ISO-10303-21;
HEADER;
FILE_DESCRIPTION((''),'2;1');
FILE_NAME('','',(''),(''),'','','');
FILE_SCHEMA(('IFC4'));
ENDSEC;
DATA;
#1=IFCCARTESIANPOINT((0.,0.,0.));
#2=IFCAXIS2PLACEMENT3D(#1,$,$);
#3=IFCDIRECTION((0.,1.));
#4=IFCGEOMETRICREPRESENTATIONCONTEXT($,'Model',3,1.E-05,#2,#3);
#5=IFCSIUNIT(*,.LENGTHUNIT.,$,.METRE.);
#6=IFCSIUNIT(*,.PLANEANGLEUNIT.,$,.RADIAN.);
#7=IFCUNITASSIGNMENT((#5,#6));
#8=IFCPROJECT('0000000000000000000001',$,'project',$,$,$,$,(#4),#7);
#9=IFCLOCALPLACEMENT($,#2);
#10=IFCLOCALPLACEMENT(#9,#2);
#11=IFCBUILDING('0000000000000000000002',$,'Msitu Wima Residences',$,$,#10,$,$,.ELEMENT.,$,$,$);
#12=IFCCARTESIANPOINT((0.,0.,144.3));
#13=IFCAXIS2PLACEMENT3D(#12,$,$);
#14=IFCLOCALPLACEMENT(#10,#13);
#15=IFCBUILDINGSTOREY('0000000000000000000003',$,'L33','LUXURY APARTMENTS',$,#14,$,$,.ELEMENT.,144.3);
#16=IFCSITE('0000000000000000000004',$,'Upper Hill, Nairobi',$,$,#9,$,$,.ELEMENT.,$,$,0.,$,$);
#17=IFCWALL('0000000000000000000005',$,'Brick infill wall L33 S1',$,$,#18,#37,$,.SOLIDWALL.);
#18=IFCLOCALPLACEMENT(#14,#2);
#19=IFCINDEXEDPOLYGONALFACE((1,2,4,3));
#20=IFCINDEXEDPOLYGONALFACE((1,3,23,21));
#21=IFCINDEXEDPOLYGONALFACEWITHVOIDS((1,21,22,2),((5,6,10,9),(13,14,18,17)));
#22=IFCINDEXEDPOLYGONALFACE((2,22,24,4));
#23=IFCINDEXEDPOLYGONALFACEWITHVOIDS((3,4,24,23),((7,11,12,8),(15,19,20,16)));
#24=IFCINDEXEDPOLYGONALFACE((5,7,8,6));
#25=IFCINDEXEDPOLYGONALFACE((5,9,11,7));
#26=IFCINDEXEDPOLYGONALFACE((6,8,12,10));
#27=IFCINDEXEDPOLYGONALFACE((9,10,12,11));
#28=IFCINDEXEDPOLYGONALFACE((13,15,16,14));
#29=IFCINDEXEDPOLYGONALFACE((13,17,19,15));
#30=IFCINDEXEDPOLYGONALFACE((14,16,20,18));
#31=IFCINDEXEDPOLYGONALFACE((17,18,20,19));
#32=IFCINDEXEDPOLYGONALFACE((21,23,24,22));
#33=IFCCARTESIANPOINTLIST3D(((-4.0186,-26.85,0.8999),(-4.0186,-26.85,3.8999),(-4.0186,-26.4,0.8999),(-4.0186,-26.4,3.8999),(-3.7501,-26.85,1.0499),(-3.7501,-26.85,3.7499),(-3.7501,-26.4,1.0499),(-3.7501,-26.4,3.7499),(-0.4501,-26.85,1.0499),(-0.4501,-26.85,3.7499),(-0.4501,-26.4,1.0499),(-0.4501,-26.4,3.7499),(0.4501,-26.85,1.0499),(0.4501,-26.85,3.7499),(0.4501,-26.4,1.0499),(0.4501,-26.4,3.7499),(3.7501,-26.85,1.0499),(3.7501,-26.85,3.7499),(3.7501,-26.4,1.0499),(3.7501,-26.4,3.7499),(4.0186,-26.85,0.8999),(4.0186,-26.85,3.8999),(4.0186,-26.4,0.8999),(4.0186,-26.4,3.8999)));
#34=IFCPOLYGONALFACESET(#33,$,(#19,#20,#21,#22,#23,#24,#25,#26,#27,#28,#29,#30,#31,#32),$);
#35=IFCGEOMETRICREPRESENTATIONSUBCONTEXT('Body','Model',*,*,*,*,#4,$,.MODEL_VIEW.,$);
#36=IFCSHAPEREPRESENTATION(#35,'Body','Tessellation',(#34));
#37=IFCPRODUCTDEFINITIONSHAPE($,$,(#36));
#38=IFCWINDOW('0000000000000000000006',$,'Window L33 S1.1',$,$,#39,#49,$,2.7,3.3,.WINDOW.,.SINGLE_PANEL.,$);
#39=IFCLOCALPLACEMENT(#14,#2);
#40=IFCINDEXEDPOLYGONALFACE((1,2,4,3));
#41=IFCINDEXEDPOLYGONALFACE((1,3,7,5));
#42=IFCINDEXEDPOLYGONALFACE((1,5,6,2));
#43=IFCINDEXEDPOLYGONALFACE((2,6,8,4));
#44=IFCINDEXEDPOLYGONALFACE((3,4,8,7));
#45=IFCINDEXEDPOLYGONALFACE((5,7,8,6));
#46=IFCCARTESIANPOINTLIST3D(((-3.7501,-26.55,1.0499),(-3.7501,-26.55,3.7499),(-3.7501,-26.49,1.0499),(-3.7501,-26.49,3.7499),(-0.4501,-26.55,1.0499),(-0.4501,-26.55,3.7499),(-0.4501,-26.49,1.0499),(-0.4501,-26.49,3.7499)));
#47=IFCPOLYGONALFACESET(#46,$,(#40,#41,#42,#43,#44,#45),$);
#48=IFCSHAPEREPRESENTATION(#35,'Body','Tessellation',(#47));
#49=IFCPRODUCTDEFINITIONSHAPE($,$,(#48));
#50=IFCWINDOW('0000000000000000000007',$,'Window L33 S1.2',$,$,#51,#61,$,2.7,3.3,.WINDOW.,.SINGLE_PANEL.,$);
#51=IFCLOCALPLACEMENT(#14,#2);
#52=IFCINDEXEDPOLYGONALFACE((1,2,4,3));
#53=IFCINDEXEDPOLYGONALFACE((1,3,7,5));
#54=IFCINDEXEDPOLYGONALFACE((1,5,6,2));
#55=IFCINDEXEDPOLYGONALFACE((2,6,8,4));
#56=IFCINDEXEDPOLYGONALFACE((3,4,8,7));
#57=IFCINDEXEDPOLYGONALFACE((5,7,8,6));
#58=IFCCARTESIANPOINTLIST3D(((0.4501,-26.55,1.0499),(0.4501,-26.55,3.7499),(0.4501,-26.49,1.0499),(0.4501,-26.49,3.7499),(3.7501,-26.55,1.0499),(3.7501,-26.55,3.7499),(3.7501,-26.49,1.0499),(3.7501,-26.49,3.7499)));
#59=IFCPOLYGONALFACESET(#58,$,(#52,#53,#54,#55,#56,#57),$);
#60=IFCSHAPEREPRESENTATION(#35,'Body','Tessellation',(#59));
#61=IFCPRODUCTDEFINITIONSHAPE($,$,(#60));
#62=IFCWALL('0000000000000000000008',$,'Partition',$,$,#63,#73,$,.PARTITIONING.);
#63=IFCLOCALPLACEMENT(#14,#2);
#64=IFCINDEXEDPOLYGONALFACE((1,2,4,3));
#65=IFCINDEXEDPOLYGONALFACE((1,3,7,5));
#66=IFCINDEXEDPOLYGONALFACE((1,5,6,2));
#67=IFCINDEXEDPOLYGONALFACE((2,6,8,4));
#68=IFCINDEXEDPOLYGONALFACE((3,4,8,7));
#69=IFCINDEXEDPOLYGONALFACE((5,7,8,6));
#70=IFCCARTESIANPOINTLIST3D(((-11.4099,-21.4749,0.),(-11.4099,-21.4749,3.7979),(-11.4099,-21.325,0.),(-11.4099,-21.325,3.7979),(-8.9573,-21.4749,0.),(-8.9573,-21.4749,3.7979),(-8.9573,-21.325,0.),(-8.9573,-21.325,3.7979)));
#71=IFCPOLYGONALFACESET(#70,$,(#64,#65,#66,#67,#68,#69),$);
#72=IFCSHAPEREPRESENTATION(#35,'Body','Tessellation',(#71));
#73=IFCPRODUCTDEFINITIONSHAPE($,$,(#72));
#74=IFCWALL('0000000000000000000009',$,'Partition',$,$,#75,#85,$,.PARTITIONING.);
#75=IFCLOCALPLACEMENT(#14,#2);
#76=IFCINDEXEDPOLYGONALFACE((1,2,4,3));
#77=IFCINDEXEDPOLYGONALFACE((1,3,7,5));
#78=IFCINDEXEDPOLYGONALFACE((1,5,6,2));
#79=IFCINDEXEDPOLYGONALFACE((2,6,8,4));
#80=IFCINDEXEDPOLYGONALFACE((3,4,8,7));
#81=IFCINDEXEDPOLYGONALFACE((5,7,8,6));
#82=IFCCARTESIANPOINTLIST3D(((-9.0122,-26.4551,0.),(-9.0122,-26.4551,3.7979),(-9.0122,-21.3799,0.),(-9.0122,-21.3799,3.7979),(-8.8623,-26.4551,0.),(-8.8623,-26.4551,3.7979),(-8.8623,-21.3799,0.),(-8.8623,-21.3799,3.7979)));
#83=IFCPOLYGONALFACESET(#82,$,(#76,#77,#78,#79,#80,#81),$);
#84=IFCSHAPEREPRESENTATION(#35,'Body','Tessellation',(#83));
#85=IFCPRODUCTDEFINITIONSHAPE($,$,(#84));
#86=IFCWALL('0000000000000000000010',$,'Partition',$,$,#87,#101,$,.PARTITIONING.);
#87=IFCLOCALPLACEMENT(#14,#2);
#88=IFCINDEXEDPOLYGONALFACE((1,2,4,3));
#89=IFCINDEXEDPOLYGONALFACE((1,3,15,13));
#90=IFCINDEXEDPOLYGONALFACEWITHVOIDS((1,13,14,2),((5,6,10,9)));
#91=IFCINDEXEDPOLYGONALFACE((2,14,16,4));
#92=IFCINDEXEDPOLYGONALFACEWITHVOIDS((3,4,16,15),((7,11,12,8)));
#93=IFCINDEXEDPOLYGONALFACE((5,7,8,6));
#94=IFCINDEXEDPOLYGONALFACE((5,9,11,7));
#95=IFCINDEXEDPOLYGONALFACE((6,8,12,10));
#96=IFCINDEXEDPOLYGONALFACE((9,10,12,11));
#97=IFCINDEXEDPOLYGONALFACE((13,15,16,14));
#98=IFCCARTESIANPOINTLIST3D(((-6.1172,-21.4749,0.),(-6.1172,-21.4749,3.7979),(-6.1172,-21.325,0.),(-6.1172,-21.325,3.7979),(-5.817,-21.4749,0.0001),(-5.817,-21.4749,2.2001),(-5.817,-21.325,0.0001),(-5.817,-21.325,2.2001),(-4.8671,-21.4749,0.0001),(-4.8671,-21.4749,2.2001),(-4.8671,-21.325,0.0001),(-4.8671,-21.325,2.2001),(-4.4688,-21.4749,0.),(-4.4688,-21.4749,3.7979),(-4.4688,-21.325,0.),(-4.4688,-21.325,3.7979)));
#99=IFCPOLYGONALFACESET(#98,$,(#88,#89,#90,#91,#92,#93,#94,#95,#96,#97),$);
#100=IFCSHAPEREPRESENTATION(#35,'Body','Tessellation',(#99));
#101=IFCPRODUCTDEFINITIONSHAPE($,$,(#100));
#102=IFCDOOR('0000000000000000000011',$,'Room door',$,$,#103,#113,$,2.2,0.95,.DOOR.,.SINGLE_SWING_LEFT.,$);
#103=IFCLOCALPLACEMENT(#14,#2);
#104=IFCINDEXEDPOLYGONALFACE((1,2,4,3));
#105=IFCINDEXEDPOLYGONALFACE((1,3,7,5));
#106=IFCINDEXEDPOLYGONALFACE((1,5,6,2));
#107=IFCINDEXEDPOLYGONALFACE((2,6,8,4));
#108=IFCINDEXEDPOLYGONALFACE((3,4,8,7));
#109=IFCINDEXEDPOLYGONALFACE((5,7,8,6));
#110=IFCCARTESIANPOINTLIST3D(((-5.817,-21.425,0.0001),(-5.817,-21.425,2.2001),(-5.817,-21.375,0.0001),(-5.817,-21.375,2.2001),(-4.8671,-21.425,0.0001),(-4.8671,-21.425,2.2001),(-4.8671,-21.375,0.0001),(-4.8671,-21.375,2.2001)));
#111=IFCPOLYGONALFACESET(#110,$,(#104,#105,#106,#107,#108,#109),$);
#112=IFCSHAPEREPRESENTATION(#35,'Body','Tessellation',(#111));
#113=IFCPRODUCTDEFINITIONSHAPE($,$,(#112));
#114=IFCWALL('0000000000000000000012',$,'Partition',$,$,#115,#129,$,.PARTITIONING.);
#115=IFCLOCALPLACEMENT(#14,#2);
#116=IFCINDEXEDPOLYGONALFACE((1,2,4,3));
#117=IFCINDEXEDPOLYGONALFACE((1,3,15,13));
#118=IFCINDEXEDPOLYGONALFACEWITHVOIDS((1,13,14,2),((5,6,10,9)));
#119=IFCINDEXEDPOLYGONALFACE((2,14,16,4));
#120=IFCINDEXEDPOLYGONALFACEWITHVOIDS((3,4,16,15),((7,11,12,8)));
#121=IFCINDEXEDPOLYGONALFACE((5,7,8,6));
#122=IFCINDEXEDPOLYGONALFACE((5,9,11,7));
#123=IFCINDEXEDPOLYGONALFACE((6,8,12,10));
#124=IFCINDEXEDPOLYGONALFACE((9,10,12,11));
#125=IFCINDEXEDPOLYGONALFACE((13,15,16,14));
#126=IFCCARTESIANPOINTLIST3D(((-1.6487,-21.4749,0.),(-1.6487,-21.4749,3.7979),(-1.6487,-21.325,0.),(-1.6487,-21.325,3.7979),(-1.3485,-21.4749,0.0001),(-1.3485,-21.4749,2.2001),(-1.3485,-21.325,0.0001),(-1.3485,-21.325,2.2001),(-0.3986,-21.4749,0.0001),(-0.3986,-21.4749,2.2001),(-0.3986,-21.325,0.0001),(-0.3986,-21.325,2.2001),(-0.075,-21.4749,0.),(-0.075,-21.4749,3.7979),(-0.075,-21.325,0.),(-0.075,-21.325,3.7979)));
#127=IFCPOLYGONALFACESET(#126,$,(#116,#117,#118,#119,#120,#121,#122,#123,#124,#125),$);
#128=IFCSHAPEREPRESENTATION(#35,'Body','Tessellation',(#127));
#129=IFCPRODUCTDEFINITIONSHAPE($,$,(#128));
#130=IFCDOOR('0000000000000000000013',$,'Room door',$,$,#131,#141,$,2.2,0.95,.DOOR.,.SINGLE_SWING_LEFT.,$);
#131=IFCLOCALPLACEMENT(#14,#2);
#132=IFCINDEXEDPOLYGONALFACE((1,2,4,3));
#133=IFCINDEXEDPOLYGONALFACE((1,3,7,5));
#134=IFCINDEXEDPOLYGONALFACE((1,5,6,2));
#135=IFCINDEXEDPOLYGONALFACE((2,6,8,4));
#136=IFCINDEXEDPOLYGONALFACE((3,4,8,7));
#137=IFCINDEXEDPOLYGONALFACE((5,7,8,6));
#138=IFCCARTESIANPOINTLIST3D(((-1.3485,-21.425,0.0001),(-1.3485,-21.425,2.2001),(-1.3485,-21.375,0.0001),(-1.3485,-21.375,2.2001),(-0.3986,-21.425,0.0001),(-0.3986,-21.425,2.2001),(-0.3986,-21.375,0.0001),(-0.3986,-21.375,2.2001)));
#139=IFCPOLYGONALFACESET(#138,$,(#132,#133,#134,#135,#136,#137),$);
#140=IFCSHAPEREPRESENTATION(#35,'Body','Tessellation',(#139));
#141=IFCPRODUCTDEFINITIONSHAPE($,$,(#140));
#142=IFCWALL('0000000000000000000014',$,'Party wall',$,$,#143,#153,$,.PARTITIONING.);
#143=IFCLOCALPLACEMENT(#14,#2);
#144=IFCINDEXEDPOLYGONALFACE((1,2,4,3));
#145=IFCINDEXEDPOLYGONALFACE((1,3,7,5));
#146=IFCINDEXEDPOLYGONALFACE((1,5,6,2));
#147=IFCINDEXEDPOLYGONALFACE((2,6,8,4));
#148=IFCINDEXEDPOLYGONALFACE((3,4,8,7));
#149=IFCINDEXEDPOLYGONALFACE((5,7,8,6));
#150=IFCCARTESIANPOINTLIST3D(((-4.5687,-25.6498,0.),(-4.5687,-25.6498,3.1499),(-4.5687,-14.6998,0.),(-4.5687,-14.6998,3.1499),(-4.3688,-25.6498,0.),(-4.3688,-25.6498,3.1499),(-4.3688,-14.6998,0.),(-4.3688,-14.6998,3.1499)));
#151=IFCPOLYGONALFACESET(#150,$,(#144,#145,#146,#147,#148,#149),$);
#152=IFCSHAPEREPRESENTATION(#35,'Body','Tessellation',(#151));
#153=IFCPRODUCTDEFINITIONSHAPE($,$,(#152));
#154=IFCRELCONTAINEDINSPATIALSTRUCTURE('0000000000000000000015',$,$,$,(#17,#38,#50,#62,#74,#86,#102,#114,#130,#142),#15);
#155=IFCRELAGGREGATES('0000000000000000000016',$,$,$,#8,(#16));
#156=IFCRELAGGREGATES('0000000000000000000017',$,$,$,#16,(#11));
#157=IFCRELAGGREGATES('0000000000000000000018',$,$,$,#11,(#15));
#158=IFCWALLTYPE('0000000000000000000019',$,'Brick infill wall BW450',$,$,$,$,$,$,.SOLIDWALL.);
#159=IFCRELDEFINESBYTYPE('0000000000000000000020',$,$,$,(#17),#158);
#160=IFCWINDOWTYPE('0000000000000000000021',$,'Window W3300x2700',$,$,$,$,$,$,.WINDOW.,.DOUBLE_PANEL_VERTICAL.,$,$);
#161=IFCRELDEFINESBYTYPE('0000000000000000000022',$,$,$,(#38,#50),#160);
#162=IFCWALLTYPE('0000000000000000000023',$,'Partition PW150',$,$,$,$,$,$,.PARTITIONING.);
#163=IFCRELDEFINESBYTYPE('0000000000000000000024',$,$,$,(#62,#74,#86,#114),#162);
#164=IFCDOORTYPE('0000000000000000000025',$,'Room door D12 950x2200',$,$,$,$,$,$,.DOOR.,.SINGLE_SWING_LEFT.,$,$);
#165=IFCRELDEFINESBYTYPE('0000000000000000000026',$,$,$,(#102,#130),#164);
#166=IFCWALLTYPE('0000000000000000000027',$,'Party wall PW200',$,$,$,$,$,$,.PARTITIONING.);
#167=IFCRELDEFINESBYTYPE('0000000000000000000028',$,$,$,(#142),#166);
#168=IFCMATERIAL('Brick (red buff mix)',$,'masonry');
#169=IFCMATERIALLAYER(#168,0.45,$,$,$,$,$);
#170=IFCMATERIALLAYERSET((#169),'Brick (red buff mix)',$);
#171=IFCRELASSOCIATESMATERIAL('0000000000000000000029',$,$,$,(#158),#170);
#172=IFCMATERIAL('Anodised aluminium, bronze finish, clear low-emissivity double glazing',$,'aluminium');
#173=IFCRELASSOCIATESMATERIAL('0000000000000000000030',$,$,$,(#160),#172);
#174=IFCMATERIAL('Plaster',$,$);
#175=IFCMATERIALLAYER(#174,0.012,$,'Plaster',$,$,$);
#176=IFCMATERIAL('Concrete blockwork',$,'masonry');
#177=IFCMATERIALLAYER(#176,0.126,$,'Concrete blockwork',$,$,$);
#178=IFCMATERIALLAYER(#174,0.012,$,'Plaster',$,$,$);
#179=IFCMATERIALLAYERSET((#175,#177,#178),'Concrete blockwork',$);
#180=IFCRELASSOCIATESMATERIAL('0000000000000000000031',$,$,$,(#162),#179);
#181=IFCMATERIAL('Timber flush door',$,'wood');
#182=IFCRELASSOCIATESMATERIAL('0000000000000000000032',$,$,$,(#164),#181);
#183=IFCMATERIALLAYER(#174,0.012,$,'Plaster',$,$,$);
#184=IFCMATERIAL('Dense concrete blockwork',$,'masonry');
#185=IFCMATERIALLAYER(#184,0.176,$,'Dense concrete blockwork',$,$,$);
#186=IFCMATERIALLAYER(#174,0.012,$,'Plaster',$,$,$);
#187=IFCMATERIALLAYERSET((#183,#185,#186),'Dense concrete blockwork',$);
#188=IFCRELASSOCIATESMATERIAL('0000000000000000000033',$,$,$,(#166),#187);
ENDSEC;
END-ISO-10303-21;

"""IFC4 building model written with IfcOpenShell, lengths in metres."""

from ifc_helpers import new_model, si_unit, direction, frame, frame_2d, origin, place, context, subcontext, project, spatial, rectangle, extrude, material, layer, layer_set, type_object, element, fill, save


model = new_model("IFC4")

# Units and contexts
model_context = context("Model", 3, precision=1e-05, world=origin(), true_north=direction((0.0, 1.0)))
body_context = subcontext(model_context, "Body", "Model", "MODEL_VIEW")
ifc_project = project(units=[si_unit("LENGTHUNIT", "METRE"), si_unit("PLANEANGLEUNIT", "RADIAN")], contexts=[model_context])

# Site, building, storey
site_placement = place(None, origin())
site = spatial("IfcSite", under=ifc_project, at=site_placement, Name="Upper Hill, Nairobi", CompositionType="ELEMENT", RefElevation=0.0)
building_placement = place(site_placement, origin())
building = spatial("IfcBuilding", under=site, at=building_placement, Name="Msitu Wima Residences", CompositionType="ELEMENT")
storey_placement = place(building_placement, frame((0.0, 0.0, 144.3)))
storey = spatial("IfcBuildingStorey", under=building, at=storey_placement, Name="L33", Description="LUXURY APARTMENTS", CompositionType="ELEMENT", Elevation=144.3)

# Shared definitions
ifc_material_1 = material(Name="Brick (red buff mix)", Category="masonry")
ifc_layer_1 = layer(ifc_material_1, 0.45)
ifc_layer_set_1 = layer_set([ifc_layer_1], Name="Brick (red buff mix)")
wall_type_1 = type_object("IfcWallType", Name="Brick infill wall BW450", PredefinedType="SOLIDWALL", material=ifc_layer_set_1)
ifc_material_2 = material(Name="Anodised aluminium, bronze finish, clear low-emissivity double glazing", Category="aluminium")
window_type = type_object("IfcWindowType", Name="Window W3300x2700", PartitioningType="DOUBLE_PANEL_VERTICAL", PredefinedType="WINDOW", material=ifc_material_2)

# Wall, openings, windows
wall_1_placement = place(storey_placement, frame((-4.0186, -26.625, 0.8999), z_axis=(0.0, 0.0, 1.0), x_axis=(1.0, 0.0, 0.0)))
wall_1 = element("IfcWall", 1, at=wall_1_placement, inside=storey, type_object=wall_type_1, Name="Brick infill wall L33 S1", PredefinedType="SOLIDWALL", context=body_context, shape_type="SweptSolid", body=[
    extrude(rectangle(XDim=8.0371, YDim=0.45, at=frame_2d((4.0186, 0.0))), origin(), (0.0, 0.0, 1.0), 3.0),
])
opening_1_placement = place(wall_1_placement, frame((0.2686, 0.0, 0.1499)))
opening_1 = element("IfcOpeningElement", 2, at=opening_1_placement, cuts=wall_1, PredefinedType="OPENING", context=body_context, shape_type="SweptSolid", body=[
    extrude(rectangle(XDim=3.3, YDim=2.7, at=frame_2d((1.6499, 1.3501))), frame((0.0, 0.2349, 0.0), z_axis=(0.0, -1.0, 0.0), x_axis=(1.0, 0.0, 0.0)), (0.0, 0.0, 1.0), 0.47),
])
opening_2_placement = place(wall_1_placement, frame((4.4688, 0.0, 0.1499)))
opening_2 = element("IfcOpeningElement", 3, at=opening_2_placement, cuts=wall_1, PredefinedType="OPENING", context=body_context, shape_type="SweptSolid", body=[
    extrude(rectangle(XDim=3.3, YDim=2.7, at=frame_2d((1.6499, 1.3501))), frame((0.0, 0.2349, 0.0), z_axis=(0.0, -1.0, 0.0), x_axis=(1.0, 0.0, 0.0)), (0.0, 0.0, 1.0), 0.47),
])
window_1_placement = place(opening_1_placement, origin())
window_1 = element("IfcWindow", 4, at=window_1_placement, inside=storey, type_object=window_type, Name="Window L33 S1.1", OverallHeight=2.7, OverallWidth=3.3, PartitioningType="SINGLE_PANEL", PredefinedType="WINDOW", context=body_context, shape_type="SweptSolid", body=[
    extrude(rectangle(XDim=3.3, YDim=2.7, at=frame_2d((1.6499, 1.3501))), frame((0.0, 0.135, 0.0), z_axis=(0.0, -1.0, 0.0), x_axis=(1.0, 0.0, 0.0)), (0.0, 0.0, 1.0), 0.0601),
])
fill(opening_1, window_1)
window_2_placement = place(opening_2_placement, origin())
window_2 = element("IfcWindow", 5, at=window_2_placement, inside=storey, type_object=window_type, Name="Window L33 S1.2", OverallHeight=2.7, OverallWidth=3.3, PartitioningType="SINGLE_PANEL", PredefinedType="WINDOW", context=body_context, shape_type="SweptSolid", body=[
    extrude(rectangle(XDim=3.3, YDim=2.7, at=frame_2d((1.6499, 1.3501))), frame((0.0, 0.135, 0.0), z_axis=(0.0, -1.0, 0.0), x_axis=(1.0, 0.0, 0.0)), (0.0, 0.0, 1.0), 0.0601),
])
fill(opening_2, window_2)

# Walls
ifc_material_3 = material(Name="Plaster")
ifc_layer_2 = layer(ifc_material_3, 0.012, Name="Plaster")
ifc_material_4 = material(Name="Concrete blockwork", Category="masonry")
ifc_layer_3 = layer(ifc_material_4, 0.126, Name="Concrete blockwork")
ifc_layer_4 = layer(ifc_material_3, 0.012, Name="Plaster")
ifc_layer_set_2 = layer_set([ifc_layer_2, ifc_layer_3, ifc_layer_4], Name="Concrete blockwork")
wall_type_2 = type_object("IfcWallType", Name="Partition PW150", PredefinedType="PARTITIONING", material=ifc_layer_set_2)
wall_2_placement = place(storey_placement, frame((-11.4099, -21.3999, 0.0), z_axis=(0.0, 0.0, 1.0), x_axis=(1.0, 0.0, 0.0)))
element("IfcWall", 6, at=wall_2_placement, inside=storey, type_object=wall_type_2, Name="Partition", PredefinedType="PARTITIONING", context=body_context, shape_type="SweptSolid", body=[
    extrude(rectangle(XDim=2.4526, YDim=0.1499, at=frame_2d((1.2263, 0.0))), origin(), (0.0, 0.0, 1.0), 3.7979),
])
wall_3_placement = place(storey_placement, frame((-8.9373, -26.4551, 0.0), z_axis=(0.0, 0.0, 1.0), x_axis=(0.0, 1.0, 0.0)))
element("IfcWall", 7, at=wall_3_placement, inside=storey, type_object=wall_type_2, Name="Partition", PredefinedType="PARTITIONING", context=body_context, shape_type="SweptSolid", body=[
    extrude(rectangle(XDim=5.0752, YDim=0.1499, at=frame_2d((2.5376, 0.0))), origin(), (0.0, 0.0, 1.0), 3.7979),
])

# Walls, openings, doors
wall_4_placement = place(storey_placement, frame((-6.1172, -21.3999, 0.0), z_axis=(0.0, 0.0, 1.0), x_axis=(1.0, 0.0, 0.0)))
wall_4 = element("IfcWall", 8, at=wall_4_placement, inside=storey, type_object=wall_type_2, Name="Partition", PredefinedType="PARTITIONING", context=body_context, shape_type="SweptSolid", body=[
    extrude(rectangle(XDim=1.6484, YDim=0.1499, at=frame_2d((0.8242, 0.0))), origin(), (0.0, 0.0, 1.0), 3.7979),
])
opening_3_placement = place(wall_4_placement, frame((0.3, 0.0, 0.0)))
opening_3 = element("IfcOpeningElement", 9, at=opening_3_placement, cuts=wall_4, PredefinedType="OPENING", context=body_context, shape_type="SweptSolid", body=[
    extrude(rectangle(XDim=0.95, YDim=2.2, at=frame_2d((0.4751, 1.1001))), frame((0.0, 0.085, 0.0), z_axis=(0.0, -1.0, 0.0), x_axis=(1.0, 0.0, 0.0)), (0.0, 0.0, 1.0), 0.1699),
])
ifc_material_5 = material(Name="Timber flush door", Category="wood")
door_type_1 = type_object("IfcDoorType", Name="Room door D12 950x2200", OperationType="SINGLE_SWING_LEFT", PredefinedType="DOOR", material=ifc_material_5)
door_1_placement = place(opening_3_placement, origin())
door_1 = element("IfcDoor", 10, at=door_1_placement, inside=storey, type_object=door_type_1, Name="Room door", OperationType="SINGLE_SWING_LEFT", OverallHeight=2.2, OverallWidth=0.95, PredefinedType="DOOR", context=body_context, shape_type="SweptSolid", body=[
    extrude(rectangle(XDim=0.95, YDim=2.2, at=frame_2d((0.4751, 1.1001))), frame((0.0, 0.0249, 0.0), z_axis=(0.0, -1.0, 0.0), x_axis=(1.0, 0.0, 0.0)), (0.0, 0.0, 1.0), 0.05),
])
fill(opening_3, door_1)
wall_5_placement = place(storey_placement, frame((-1.6487, -21.3999, 0.0), z_axis=(0.0, 0.0, 1.0), x_axis=(1.0, 0.0, 0.0)))
wall_5 = element("IfcWall", 11, at=wall_5_placement, inside=storey, type_object=wall_type_2, Name="Partition", PredefinedType="PARTITIONING", context=body_context, shape_type="SweptSolid", body=[
    extrude(rectangle(XDim=1.5737, YDim=0.1499, at=frame_2d((0.7869, 0.0))), origin(), (0.0, 0.0, 1.0), 3.7979),
])
opening_4_placement = place(wall_5_placement, frame((0.3, 0.0, 0.0)))
opening_4 = element("IfcOpeningElement", 12, at=opening_4_placement, cuts=wall_5, PredefinedType="OPENING", context=body_context, shape_type="SweptSolid", body=[
    extrude(rectangle(XDim=0.95, YDim=2.2, at=frame_2d((0.4751, 1.1001))), frame((0.0, 0.085, 0.0), z_axis=(0.0, -1.0, 0.0), x_axis=(1.0, 0.0, 0.0)), (0.0, 0.0, 1.0), 0.1699),
])
door_2_placement = place(opening_4_placement, origin())
door_2 = element("IfcDoor", 13, at=door_2_placement, inside=storey, type_object=door_type_1, Name="Room door", OperationType="SINGLE_SWING_LEFT", OverallHeight=2.2, OverallWidth=0.95, PredefinedType="DOOR", context=body_context, shape_type="SweptSolid", body=[
    extrude(rectangle(XDim=0.95, YDim=2.2, at=frame_2d((0.4751, 1.1001))), frame((0.0, 0.0249, 0.0), z_axis=(0.0, -1.0, 0.0), x_axis=(1.0, 0.0, 0.0)), (0.0, 0.0, 1.0), 0.05),
])
fill(opening_4, door_2)

# Wall
ifc_layer_5 = layer(ifc_material_3, 0.012, Name="Plaster")
ifc_material_6 = material(Name="Dense concrete blockwork", Category="masonry")
ifc_layer_6 = layer(ifc_material_6, 0.176, Name="Dense concrete blockwork")
ifc_layer_7 = layer(ifc_material_3, 0.012, Name="Plaster")
ifc_layer_set_3 = layer_set([ifc_layer_5, ifc_layer_6, ifc_layer_7], Name="Dense concrete blockwork")
wall_type_3 = type_object("IfcWallType", Name="Party wall PW200", PredefinedType="PARTITIONING", material=ifc_layer_set_3)
wall_6_placement = place(storey_placement, frame((-4.4688, -25.6499, 0.0), z_axis=(0.0, 0.0, 1.0), x_axis=(0.0, 1.0, 0.0)))
element("IfcWall", 14, at=wall_6_placement, inside=storey, type_object=wall_type_3, Name="Party wall", PredefinedType="PARTITIONING", context=body_context, shape_type="SweptSolid", body=[
    extrude(rectangle(XDim=10.95, YDim=0.2, at=frame_2d((5.4751, 0.0))), origin(), (0.0, 0.0, 1.0), 3.1499),
])

save(model, "model.ifc")
